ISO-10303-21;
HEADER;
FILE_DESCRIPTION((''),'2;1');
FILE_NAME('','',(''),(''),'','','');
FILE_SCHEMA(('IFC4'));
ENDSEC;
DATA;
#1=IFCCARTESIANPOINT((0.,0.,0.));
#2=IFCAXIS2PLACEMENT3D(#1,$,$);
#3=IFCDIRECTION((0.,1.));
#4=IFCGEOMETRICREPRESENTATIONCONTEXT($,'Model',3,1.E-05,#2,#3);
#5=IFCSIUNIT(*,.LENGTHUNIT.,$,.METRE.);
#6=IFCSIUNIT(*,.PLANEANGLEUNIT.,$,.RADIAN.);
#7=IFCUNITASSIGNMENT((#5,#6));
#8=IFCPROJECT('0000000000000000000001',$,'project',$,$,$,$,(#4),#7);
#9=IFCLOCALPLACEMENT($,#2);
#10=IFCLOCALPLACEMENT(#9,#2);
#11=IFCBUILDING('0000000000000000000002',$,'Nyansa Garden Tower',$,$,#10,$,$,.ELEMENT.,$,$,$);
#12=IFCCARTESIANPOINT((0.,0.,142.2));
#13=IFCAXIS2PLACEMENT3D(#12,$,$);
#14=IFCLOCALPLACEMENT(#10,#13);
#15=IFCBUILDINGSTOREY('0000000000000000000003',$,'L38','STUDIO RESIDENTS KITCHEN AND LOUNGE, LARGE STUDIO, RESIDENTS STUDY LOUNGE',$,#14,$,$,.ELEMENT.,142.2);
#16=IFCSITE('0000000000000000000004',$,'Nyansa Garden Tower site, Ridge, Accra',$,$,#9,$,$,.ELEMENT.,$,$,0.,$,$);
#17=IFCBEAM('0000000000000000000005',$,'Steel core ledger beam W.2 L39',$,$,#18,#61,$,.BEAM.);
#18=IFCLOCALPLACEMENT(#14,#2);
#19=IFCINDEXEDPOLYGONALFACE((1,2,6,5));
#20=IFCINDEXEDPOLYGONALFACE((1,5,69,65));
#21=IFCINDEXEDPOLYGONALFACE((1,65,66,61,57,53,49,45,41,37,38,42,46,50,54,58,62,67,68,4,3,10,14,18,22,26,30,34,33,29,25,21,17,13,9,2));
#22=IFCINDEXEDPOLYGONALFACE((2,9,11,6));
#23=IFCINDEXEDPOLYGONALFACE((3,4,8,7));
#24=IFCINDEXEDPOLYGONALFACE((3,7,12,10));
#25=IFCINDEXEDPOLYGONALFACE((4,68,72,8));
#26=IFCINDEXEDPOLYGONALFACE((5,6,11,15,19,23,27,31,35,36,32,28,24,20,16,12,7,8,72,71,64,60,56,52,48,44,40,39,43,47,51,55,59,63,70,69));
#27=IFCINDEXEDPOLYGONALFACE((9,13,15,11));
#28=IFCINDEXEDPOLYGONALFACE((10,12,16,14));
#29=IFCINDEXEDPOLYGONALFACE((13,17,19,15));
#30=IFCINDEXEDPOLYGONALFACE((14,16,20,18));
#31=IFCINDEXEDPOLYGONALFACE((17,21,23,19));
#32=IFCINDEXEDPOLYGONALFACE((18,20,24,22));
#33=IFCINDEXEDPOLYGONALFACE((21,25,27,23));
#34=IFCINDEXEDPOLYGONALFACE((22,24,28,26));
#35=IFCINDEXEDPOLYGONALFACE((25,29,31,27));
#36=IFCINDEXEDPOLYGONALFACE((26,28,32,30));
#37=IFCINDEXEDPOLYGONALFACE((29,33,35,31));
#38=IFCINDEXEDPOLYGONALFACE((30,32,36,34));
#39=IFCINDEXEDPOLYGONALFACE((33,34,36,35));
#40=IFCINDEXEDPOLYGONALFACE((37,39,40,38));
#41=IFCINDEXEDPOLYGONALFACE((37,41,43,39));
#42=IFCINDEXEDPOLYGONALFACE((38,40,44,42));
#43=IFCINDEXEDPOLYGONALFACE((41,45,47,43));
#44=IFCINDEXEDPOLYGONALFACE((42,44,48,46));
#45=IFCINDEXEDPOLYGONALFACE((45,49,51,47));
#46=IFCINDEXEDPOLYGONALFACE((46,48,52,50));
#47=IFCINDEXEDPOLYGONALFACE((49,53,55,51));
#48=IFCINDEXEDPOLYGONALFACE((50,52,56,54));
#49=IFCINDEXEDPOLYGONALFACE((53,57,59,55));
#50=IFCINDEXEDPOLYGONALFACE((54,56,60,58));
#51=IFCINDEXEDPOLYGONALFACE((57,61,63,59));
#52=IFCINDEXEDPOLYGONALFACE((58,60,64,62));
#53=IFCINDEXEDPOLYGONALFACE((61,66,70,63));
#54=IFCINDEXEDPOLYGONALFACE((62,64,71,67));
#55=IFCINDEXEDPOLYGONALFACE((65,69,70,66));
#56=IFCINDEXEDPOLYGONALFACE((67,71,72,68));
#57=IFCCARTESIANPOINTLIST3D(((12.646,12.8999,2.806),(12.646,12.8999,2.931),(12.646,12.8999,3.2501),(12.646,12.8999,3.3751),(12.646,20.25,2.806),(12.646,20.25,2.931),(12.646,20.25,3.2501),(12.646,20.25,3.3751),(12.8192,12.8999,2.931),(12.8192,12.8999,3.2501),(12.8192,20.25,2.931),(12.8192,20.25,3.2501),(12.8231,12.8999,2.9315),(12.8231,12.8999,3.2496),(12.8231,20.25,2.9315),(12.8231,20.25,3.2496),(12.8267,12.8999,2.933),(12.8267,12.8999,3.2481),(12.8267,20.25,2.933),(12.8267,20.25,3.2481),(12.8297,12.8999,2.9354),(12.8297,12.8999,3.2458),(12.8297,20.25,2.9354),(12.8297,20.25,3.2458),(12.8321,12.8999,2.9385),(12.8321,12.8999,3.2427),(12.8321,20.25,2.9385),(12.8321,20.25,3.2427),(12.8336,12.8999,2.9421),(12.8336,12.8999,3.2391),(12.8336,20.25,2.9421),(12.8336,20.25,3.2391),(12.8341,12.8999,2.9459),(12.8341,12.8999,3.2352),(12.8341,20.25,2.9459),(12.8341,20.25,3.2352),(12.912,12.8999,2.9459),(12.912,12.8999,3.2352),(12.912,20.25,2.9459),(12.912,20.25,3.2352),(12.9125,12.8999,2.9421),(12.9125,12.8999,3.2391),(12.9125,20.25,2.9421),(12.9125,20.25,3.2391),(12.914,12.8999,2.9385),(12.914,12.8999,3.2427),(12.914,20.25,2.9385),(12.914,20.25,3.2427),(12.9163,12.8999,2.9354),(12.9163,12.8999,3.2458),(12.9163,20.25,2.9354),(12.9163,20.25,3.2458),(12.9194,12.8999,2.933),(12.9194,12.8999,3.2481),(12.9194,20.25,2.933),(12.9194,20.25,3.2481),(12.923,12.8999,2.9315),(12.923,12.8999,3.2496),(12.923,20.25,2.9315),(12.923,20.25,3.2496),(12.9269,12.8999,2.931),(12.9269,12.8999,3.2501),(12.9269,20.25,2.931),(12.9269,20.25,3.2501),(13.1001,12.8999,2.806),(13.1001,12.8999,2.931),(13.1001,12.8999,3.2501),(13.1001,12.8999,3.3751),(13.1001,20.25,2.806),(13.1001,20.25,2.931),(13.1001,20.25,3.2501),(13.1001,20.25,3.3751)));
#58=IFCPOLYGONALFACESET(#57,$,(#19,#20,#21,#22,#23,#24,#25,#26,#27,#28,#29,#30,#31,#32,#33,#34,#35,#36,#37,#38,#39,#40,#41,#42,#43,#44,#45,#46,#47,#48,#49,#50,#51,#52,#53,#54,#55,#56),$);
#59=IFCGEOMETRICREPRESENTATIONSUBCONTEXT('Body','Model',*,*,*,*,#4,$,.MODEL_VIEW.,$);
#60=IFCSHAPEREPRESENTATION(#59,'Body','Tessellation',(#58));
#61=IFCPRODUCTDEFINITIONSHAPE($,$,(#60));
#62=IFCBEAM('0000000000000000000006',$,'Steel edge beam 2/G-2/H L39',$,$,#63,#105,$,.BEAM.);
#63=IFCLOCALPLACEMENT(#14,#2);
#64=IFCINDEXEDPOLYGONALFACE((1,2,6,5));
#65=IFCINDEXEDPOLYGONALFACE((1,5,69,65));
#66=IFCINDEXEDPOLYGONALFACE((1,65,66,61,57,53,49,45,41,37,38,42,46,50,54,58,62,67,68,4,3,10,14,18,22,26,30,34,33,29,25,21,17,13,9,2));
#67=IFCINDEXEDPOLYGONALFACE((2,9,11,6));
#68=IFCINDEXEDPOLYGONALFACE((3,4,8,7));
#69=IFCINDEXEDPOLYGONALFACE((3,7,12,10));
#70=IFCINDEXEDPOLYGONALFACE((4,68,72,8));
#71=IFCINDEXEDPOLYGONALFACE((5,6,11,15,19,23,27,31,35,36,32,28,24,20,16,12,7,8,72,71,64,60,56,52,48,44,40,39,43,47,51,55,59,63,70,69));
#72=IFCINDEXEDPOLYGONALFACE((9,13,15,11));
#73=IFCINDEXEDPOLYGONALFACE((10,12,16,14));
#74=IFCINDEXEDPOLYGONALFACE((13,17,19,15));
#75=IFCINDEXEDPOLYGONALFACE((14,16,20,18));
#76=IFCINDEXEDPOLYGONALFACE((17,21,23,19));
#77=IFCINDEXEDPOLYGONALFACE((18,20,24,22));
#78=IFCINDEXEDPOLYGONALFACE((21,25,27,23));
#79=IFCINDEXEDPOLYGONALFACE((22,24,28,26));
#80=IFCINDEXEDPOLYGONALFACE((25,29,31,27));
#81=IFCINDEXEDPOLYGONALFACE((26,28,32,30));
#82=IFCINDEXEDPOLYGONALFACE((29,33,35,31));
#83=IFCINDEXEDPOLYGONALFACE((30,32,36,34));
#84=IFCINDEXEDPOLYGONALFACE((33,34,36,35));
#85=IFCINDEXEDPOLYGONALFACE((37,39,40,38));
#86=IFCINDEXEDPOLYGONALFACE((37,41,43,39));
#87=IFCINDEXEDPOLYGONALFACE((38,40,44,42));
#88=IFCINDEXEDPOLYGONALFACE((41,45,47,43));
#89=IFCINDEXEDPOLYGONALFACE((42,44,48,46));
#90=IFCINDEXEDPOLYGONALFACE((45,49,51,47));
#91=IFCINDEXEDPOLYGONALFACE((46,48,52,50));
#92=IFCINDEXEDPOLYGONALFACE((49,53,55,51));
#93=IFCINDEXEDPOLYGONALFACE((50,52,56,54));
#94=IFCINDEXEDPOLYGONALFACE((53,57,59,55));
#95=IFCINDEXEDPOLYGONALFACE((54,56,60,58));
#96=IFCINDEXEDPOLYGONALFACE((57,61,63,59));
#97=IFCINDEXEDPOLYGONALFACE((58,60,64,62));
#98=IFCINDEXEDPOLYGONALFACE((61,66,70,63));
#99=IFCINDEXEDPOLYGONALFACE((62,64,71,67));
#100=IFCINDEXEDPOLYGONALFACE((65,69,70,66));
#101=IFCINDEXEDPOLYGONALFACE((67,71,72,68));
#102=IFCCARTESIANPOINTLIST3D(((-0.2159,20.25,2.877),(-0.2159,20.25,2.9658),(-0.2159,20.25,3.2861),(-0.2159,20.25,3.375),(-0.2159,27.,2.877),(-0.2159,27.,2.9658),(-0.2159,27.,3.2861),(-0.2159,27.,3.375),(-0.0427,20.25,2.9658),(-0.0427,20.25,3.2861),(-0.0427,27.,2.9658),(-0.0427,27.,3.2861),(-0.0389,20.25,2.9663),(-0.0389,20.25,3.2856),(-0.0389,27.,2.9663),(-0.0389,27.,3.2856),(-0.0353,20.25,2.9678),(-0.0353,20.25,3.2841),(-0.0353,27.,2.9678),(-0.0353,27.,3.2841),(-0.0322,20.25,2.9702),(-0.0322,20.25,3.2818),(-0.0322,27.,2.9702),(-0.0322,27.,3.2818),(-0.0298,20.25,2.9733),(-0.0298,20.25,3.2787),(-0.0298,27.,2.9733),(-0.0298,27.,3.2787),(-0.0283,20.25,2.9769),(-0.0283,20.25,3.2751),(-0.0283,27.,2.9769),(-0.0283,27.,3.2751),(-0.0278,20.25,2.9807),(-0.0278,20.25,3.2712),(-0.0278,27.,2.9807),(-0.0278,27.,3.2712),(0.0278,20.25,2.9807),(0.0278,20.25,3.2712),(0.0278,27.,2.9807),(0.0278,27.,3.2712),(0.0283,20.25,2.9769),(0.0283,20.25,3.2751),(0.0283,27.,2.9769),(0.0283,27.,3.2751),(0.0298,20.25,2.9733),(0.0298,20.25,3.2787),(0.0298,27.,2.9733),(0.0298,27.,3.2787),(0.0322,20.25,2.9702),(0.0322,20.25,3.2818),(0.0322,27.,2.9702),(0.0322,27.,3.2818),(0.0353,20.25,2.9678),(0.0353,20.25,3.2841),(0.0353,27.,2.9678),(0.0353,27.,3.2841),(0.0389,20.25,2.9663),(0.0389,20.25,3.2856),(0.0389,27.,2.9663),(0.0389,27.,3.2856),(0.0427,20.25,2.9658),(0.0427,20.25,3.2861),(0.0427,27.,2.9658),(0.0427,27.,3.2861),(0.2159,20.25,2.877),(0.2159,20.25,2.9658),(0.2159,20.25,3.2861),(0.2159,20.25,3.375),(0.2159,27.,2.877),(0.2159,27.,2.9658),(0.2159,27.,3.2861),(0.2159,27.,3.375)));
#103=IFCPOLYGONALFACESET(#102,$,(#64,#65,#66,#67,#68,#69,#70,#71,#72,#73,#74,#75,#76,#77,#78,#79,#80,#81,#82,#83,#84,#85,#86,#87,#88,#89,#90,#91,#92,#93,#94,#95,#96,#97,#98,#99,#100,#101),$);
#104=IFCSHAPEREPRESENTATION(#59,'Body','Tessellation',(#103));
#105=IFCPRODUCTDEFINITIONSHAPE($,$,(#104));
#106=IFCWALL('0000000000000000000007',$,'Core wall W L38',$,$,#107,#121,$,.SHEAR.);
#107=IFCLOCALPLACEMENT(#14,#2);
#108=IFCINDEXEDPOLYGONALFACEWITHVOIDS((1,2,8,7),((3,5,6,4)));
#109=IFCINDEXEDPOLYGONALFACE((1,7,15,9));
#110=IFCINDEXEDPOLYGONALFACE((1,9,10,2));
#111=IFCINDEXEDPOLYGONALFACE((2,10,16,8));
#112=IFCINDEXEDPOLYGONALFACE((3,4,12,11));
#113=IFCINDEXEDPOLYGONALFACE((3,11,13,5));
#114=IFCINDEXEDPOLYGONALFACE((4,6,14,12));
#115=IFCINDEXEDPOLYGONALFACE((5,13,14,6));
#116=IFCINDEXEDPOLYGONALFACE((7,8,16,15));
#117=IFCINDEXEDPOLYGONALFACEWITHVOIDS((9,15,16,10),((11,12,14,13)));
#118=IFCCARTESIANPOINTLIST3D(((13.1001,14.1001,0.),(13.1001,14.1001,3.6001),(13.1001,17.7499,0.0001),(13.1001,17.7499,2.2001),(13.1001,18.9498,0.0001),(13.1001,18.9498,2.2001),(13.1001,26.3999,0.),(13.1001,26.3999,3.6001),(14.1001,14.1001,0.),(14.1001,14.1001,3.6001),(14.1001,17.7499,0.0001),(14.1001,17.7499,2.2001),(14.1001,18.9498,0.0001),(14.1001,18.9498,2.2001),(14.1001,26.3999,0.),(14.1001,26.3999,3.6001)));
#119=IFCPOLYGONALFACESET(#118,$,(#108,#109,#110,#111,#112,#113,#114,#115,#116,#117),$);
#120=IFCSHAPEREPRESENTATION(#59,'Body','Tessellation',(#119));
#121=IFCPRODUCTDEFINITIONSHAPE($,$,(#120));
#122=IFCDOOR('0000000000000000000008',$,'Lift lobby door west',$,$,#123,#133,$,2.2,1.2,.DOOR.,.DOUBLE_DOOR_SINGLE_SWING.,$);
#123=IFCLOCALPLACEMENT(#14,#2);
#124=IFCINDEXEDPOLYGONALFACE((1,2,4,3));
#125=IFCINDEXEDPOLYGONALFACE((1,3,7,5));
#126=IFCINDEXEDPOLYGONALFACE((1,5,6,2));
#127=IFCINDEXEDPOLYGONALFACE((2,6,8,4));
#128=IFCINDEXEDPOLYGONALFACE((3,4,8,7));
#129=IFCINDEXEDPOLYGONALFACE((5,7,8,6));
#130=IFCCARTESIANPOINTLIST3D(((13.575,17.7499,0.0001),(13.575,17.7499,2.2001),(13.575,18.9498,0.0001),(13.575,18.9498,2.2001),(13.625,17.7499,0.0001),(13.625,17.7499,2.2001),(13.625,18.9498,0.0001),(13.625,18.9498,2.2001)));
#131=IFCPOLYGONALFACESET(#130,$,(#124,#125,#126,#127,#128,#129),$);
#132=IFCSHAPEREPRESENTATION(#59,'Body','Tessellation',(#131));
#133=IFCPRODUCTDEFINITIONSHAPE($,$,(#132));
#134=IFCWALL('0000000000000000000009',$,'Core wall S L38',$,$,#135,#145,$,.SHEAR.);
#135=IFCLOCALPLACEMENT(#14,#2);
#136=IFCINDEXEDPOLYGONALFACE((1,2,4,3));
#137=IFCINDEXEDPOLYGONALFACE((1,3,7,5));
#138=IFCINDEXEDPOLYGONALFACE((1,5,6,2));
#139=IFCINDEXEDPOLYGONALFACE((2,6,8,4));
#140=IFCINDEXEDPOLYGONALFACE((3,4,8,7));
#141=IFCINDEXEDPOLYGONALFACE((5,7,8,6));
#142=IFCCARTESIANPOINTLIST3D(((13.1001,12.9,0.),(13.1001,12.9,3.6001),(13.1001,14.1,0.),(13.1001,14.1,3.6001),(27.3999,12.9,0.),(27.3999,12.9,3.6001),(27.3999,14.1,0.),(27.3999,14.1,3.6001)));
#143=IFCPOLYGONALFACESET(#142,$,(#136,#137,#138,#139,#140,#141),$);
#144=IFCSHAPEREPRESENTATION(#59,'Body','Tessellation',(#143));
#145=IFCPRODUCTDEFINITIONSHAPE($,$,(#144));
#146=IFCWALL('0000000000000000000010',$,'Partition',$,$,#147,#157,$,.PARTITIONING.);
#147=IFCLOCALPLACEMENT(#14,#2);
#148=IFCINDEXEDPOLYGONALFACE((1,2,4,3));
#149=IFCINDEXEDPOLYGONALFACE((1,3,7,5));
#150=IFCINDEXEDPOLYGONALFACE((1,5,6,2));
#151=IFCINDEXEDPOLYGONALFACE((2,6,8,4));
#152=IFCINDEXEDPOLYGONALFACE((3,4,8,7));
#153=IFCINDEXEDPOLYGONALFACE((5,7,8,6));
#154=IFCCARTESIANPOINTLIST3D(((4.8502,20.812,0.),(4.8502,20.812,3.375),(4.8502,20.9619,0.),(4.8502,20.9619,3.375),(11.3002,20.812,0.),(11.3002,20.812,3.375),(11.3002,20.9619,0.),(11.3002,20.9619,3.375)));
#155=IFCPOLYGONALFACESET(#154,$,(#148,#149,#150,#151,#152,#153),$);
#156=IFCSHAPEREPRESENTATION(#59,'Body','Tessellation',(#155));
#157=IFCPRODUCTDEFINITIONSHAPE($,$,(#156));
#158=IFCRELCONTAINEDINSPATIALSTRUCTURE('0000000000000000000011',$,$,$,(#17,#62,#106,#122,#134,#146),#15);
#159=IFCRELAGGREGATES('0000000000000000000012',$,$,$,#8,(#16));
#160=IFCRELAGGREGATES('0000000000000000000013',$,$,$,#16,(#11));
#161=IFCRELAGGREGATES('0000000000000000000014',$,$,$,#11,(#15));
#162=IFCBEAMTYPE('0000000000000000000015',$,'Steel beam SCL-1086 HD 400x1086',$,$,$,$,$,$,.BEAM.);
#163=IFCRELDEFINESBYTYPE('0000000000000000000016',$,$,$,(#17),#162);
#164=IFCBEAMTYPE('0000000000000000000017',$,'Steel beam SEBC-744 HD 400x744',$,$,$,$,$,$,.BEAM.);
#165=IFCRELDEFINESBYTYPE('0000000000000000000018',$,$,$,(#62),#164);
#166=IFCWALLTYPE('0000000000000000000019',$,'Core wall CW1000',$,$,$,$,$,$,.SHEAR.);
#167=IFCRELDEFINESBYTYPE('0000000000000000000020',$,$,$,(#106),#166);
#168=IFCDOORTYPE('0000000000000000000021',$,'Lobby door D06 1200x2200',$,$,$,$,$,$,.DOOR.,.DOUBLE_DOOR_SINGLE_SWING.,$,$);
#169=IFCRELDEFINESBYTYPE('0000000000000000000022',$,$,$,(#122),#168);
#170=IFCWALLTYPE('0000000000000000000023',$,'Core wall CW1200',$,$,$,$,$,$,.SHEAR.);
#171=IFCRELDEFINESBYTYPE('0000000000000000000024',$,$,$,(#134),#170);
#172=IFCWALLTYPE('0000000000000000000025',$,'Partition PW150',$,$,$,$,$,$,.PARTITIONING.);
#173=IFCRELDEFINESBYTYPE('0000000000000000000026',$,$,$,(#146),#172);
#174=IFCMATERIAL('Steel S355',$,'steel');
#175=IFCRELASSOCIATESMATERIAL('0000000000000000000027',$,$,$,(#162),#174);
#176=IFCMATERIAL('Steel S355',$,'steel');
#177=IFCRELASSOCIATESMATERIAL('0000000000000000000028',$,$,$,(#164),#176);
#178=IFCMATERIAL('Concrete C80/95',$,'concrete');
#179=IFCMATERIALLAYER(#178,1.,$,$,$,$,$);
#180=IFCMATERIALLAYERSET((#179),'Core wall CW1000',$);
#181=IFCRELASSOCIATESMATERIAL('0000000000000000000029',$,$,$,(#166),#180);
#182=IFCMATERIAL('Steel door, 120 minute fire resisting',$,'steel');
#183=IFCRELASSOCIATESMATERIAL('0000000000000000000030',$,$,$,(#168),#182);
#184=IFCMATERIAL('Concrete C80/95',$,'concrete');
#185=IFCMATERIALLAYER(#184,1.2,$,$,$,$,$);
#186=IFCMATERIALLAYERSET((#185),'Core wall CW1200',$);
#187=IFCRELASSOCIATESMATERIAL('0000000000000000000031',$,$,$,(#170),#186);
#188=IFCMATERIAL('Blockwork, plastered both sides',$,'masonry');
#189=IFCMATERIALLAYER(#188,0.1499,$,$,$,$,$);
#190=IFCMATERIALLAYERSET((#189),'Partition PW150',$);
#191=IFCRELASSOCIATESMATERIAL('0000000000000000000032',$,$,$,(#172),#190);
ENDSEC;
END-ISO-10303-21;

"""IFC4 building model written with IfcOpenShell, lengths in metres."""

from ifc_helpers import new_model, si_unit, direction, frame, frame_2d, origin, origin_2d, place, context, subcontext, project, spatial, rectangle, i_section, extrude, material, layer, layer_set, material_profile, profile_set, type_object, element, fill, save


model = new_model("IFC4")

# Units and contexts
model_context = context("Model", 3, precision=1e-05, world=origin(), true_north=direction((0.0, 1.0)))
body_context = subcontext(model_context, "Body", "Model", "MODEL_VIEW")
ifc_project = project(units=[si_unit("LENGTHUNIT", "METRE"), si_unit("PLANEANGLEUNIT", "RADIAN")], contexts=[model_context])

# Site, building, storey
site_placement = place(None, origin())
site = spatial("IfcSite", under=ifc_project, at=site_placement, Name="Nyansa Garden Tower site, Ridge, Accra", CompositionType="ELEMENT", RefElevation=0.0)
building_placement = place(site_placement, origin())
building = spatial("IfcBuilding", under=site, at=building_placement, Name="Nyansa Garden Tower", CompositionType="ELEMENT")
storey_placement = place(building_placement, frame((0.0, 0.0, 142.2)))
storey = spatial("IfcBuildingStorey", under=building, at=storey_placement, Name="L38", Description="STUDIO RESIDENTS KITCHEN AND LOUNGE, LARGE STUDIO, RESIDENTS STUDY LOUNGE", CompositionType="ELEMENT", Elevation=142.2)

# Beams
ifc_material_1 = material(Name="Steel S355", Category="steel")
ifc_material_profile_1 = material_profile(ifc_material_1, i_section(OverallWidth=0.4541, OverallDepth=0.5691, WebThickness=0.0779, FlangeThickness=0.125, FilletRadius=0.0149, at=origin_2d()), Name="HD 400x1086")
ifc_profile_set_1 = profile_set([ifc_material_profile_1], Name="Steel S355")
beam_type_1 = type_object("IfcBeamType", Name="Steel beam SCL-1086 HD 400x1086", PredefinedType="BEAM", material=ifc_profile_set_1)
beam_1_placement = place(storey_placement, frame((12.873, 20.25, 3.0906), z_axis=(0.0, -1.0, 0.0), x_axis=(1.0, 0.0, 0.0)))
element("IfcBeam", 1, at=beam_1_placement, inside=storey, type_object=beam_type_1, Name="Steel core ledger beam W.2 L39", PredefinedType="BEAM", context=body_context, shape_type="SweptSolid", body=[
    extrude(i_section(OverallWidth=0.4541, OverallDepth=0.5691, WebThickness=0.0779, FlangeThickness=0.125, FilletRadius=0.0149, at=origin_2d()), origin(), (0.0, 0.0, 1.0), 7.3501),
])
ifc_material_2 = material(Name="Steel S355", Category="steel")
ifc_material_profile_2 = material_profile(ifc_material_2, i_section(OverallWidth=0.4319, OverallDepth=0.498, WebThickness=0.0557, FlangeThickness=0.0889, FilletRadius=0.0149, at=origin_2d()), Name="HD 400x744")
ifc_profile_set_2 = profile_set([ifc_material_profile_2], Name="Steel S355")
beam_type_2 = type_object("IfcBeamType", Name="Steel beam SEBC-744 HD 400x744", PredefinedType="BEAM", material=ifc_profile_set_2)
beam_2_placement = place(storey_placement, frame((0.0, 20.25, 3.126), z_axis=(0.0, 1.0, 0.0), x_axis=(-1.0, 0.0, 0.0)))
element("IfcBeam", 2, at=beam_2_placement, inside=storey, type_object=beam_type_2, Name="Steel edge beam 2/G-2/H L39", PredefinedType="BEAM", context=body_context, shape_type="SweptSolid", body=[
    extrude(i_section(OverallWidth=0.4319, OverallDepth=0.498, WebThickness=0.0557, FlangeThickness=0.0889, FilletRadius=0.0149, at=origin_2d()), origin(), (0.0, 0.0, 1.0), 6.75),
])

# Wall, opening, door
ifc_material_3 = material(Name="Concrete C80/95", Category="concrete")
ifc_layer_1 = layer(ifc_material_3, 1.0)
ifc_layer_set_1 = layer_set([ifc_layer_1], Name="Core wall CW1000")
wall_type_1 = type_object("IfcWallType", Name="Core wall CW1000", PredefinedType="SHEAR", material=ifc_layer_set_1)
wall_1_placement = place(storey_placement, frame((13.6001, 26.3999, 0.0), z_axis=(0.0, 0.0, 1.0), x_axis=(0.0, -1.0, 0.0)))
wall_1 = element("IfcWall", 3, at=wall_1_placement, inside=storey, type_object=wall_type_1, Name="Core wall W L38", PredefinedType="SHEAR", context=body_context, shape_type="SweptSolid", body=[
    extrude(rectangle(XDim=12.2998, YDim=1.0, at=frame_2d((6.1499, 0.0))), origin(), (0.0, 0.0, 1.0), 3.6001),
])
opening_1_placement = place(wall_1_placement, frame((7.45, 0.0, 0.0)))
opening_1 = element("IfcOpeningElement", 4, at=opening_1_placement, cuts=wall_1, PredefinedType="OPENING", context=body_context, shape_type="SweptSolid", body=[
    extrude(rectangle(XDim=1.2, YDim=2.2, at=frame_2d((0.6001, 1.1001))), frame((0.0, 0.51, 0.0), z_axis=(0.0, -1.0, 0.0), x_axis=(1.0, 0.0, 0.0)), (0.0, 0.0, 1.0), 1.02),
])
ifc_material_4 = material(Name="Steel door, 120 minute fire resisting", Category="steel")
door_type_1 = type_object("IfcDoorType", Name="Lobby door D06 1200x2200", OperationType="DOUBLE_DOOR_SINGLE_SWING", PredefinedType="DOOR", material=ifc_material_4)
door_1_placement = place(opening_1_placement, origin())
door_1 = element("IfcDoor", 5, at=door_1_placement, inside=storey, type_object=door_type_1, Name="Lift lobby door west", OperationType="DOUBLE_DOOR_SINGLE_SWING", OverallHeight=2.2, OverallWidth=1.2, PredefinedType="DOOR", context=body_context, shape_type="SweptSolid", body=[
    extrude(rectangle(XDim=1.2, YDim=2.2, at=frame_2d((0.6001, 1.1001))), frame((0.0, 0.0249, 0.0), z_axis=(0.0, -1.0, 0.0), x_axis=(1.0, 0.0, 0.0)), (0.0, 0.0, 1.0), 0.05),
])
fill(opening_1, door_1)

# Walls
ifc_material_5 = material(Name="Concrete C80/95", Category="concrete")
ifc_layer_2 = layer(ifc_material_5, 1.2)
ifc_layer_set_2 = layer_set([ifc_layer_2], Name="Core wall CW1200")
wall_type_2 = type_object("IfcWallType", Name="Core wall CW1200", PredefinedType="SHEAR", material=ifc_layer_set_2)
wall_2_placement = place(storey_placement, frame((13.1001, 13.5, 0.0), z_axis=(0.0, 0.0, 1.0), x_axis=(1.0, 0.0, 0.0)))
element("IfcWall", 6, at=wall_2_placement, inside=storey, type_object=wall_type_2, Name="Core wall S L38", PredefinedType="SHEAR", context=body_context, shape_type="SweptSolid", body=[
    extrude(rectangle(XDim=14.2998, YDim=1.2, at=frame_2d((7.1499, 0.0))), origin(), (0.0, 0.0, 1.0), 3.6001),
])
ifc_material_6 = material(Name="Blockwork, plastered both sides", Category="masonry")
ifc_layer_3 = layer(ifc_material_6, 0.1499)
ifc_layer_set_3 = layer_set([ifc_layer_3], Name="Partition PW150")
wall_type_3 = type_object("IfcWallType", Name="Partition PW150", PredefinedType="PARTITIONING", material=ifc_layer_set_3)
wall_3_placement = place(storey_placement, frame((4.8501, 20.887, 0.0), z_axis=(0.0, 0.0, 1.0), x_axis=(1.0, 0.0, 0.0)))
element("IfcWall", 7, at=wall_3_placement, inside=storey, type_object=wall_type_3, Name="Partition", PredefinedType="PARTITIONING", context=body_context, shape_type="SweptSolid", body=[
    extrude(rectangle(XDim=6.45, YDim=0.1499, at=frame_2d((3.2251, 0.0))), origin(), (0.0, 0.0, 1.0), 3.375),
])

save(model, "model.ifc")
